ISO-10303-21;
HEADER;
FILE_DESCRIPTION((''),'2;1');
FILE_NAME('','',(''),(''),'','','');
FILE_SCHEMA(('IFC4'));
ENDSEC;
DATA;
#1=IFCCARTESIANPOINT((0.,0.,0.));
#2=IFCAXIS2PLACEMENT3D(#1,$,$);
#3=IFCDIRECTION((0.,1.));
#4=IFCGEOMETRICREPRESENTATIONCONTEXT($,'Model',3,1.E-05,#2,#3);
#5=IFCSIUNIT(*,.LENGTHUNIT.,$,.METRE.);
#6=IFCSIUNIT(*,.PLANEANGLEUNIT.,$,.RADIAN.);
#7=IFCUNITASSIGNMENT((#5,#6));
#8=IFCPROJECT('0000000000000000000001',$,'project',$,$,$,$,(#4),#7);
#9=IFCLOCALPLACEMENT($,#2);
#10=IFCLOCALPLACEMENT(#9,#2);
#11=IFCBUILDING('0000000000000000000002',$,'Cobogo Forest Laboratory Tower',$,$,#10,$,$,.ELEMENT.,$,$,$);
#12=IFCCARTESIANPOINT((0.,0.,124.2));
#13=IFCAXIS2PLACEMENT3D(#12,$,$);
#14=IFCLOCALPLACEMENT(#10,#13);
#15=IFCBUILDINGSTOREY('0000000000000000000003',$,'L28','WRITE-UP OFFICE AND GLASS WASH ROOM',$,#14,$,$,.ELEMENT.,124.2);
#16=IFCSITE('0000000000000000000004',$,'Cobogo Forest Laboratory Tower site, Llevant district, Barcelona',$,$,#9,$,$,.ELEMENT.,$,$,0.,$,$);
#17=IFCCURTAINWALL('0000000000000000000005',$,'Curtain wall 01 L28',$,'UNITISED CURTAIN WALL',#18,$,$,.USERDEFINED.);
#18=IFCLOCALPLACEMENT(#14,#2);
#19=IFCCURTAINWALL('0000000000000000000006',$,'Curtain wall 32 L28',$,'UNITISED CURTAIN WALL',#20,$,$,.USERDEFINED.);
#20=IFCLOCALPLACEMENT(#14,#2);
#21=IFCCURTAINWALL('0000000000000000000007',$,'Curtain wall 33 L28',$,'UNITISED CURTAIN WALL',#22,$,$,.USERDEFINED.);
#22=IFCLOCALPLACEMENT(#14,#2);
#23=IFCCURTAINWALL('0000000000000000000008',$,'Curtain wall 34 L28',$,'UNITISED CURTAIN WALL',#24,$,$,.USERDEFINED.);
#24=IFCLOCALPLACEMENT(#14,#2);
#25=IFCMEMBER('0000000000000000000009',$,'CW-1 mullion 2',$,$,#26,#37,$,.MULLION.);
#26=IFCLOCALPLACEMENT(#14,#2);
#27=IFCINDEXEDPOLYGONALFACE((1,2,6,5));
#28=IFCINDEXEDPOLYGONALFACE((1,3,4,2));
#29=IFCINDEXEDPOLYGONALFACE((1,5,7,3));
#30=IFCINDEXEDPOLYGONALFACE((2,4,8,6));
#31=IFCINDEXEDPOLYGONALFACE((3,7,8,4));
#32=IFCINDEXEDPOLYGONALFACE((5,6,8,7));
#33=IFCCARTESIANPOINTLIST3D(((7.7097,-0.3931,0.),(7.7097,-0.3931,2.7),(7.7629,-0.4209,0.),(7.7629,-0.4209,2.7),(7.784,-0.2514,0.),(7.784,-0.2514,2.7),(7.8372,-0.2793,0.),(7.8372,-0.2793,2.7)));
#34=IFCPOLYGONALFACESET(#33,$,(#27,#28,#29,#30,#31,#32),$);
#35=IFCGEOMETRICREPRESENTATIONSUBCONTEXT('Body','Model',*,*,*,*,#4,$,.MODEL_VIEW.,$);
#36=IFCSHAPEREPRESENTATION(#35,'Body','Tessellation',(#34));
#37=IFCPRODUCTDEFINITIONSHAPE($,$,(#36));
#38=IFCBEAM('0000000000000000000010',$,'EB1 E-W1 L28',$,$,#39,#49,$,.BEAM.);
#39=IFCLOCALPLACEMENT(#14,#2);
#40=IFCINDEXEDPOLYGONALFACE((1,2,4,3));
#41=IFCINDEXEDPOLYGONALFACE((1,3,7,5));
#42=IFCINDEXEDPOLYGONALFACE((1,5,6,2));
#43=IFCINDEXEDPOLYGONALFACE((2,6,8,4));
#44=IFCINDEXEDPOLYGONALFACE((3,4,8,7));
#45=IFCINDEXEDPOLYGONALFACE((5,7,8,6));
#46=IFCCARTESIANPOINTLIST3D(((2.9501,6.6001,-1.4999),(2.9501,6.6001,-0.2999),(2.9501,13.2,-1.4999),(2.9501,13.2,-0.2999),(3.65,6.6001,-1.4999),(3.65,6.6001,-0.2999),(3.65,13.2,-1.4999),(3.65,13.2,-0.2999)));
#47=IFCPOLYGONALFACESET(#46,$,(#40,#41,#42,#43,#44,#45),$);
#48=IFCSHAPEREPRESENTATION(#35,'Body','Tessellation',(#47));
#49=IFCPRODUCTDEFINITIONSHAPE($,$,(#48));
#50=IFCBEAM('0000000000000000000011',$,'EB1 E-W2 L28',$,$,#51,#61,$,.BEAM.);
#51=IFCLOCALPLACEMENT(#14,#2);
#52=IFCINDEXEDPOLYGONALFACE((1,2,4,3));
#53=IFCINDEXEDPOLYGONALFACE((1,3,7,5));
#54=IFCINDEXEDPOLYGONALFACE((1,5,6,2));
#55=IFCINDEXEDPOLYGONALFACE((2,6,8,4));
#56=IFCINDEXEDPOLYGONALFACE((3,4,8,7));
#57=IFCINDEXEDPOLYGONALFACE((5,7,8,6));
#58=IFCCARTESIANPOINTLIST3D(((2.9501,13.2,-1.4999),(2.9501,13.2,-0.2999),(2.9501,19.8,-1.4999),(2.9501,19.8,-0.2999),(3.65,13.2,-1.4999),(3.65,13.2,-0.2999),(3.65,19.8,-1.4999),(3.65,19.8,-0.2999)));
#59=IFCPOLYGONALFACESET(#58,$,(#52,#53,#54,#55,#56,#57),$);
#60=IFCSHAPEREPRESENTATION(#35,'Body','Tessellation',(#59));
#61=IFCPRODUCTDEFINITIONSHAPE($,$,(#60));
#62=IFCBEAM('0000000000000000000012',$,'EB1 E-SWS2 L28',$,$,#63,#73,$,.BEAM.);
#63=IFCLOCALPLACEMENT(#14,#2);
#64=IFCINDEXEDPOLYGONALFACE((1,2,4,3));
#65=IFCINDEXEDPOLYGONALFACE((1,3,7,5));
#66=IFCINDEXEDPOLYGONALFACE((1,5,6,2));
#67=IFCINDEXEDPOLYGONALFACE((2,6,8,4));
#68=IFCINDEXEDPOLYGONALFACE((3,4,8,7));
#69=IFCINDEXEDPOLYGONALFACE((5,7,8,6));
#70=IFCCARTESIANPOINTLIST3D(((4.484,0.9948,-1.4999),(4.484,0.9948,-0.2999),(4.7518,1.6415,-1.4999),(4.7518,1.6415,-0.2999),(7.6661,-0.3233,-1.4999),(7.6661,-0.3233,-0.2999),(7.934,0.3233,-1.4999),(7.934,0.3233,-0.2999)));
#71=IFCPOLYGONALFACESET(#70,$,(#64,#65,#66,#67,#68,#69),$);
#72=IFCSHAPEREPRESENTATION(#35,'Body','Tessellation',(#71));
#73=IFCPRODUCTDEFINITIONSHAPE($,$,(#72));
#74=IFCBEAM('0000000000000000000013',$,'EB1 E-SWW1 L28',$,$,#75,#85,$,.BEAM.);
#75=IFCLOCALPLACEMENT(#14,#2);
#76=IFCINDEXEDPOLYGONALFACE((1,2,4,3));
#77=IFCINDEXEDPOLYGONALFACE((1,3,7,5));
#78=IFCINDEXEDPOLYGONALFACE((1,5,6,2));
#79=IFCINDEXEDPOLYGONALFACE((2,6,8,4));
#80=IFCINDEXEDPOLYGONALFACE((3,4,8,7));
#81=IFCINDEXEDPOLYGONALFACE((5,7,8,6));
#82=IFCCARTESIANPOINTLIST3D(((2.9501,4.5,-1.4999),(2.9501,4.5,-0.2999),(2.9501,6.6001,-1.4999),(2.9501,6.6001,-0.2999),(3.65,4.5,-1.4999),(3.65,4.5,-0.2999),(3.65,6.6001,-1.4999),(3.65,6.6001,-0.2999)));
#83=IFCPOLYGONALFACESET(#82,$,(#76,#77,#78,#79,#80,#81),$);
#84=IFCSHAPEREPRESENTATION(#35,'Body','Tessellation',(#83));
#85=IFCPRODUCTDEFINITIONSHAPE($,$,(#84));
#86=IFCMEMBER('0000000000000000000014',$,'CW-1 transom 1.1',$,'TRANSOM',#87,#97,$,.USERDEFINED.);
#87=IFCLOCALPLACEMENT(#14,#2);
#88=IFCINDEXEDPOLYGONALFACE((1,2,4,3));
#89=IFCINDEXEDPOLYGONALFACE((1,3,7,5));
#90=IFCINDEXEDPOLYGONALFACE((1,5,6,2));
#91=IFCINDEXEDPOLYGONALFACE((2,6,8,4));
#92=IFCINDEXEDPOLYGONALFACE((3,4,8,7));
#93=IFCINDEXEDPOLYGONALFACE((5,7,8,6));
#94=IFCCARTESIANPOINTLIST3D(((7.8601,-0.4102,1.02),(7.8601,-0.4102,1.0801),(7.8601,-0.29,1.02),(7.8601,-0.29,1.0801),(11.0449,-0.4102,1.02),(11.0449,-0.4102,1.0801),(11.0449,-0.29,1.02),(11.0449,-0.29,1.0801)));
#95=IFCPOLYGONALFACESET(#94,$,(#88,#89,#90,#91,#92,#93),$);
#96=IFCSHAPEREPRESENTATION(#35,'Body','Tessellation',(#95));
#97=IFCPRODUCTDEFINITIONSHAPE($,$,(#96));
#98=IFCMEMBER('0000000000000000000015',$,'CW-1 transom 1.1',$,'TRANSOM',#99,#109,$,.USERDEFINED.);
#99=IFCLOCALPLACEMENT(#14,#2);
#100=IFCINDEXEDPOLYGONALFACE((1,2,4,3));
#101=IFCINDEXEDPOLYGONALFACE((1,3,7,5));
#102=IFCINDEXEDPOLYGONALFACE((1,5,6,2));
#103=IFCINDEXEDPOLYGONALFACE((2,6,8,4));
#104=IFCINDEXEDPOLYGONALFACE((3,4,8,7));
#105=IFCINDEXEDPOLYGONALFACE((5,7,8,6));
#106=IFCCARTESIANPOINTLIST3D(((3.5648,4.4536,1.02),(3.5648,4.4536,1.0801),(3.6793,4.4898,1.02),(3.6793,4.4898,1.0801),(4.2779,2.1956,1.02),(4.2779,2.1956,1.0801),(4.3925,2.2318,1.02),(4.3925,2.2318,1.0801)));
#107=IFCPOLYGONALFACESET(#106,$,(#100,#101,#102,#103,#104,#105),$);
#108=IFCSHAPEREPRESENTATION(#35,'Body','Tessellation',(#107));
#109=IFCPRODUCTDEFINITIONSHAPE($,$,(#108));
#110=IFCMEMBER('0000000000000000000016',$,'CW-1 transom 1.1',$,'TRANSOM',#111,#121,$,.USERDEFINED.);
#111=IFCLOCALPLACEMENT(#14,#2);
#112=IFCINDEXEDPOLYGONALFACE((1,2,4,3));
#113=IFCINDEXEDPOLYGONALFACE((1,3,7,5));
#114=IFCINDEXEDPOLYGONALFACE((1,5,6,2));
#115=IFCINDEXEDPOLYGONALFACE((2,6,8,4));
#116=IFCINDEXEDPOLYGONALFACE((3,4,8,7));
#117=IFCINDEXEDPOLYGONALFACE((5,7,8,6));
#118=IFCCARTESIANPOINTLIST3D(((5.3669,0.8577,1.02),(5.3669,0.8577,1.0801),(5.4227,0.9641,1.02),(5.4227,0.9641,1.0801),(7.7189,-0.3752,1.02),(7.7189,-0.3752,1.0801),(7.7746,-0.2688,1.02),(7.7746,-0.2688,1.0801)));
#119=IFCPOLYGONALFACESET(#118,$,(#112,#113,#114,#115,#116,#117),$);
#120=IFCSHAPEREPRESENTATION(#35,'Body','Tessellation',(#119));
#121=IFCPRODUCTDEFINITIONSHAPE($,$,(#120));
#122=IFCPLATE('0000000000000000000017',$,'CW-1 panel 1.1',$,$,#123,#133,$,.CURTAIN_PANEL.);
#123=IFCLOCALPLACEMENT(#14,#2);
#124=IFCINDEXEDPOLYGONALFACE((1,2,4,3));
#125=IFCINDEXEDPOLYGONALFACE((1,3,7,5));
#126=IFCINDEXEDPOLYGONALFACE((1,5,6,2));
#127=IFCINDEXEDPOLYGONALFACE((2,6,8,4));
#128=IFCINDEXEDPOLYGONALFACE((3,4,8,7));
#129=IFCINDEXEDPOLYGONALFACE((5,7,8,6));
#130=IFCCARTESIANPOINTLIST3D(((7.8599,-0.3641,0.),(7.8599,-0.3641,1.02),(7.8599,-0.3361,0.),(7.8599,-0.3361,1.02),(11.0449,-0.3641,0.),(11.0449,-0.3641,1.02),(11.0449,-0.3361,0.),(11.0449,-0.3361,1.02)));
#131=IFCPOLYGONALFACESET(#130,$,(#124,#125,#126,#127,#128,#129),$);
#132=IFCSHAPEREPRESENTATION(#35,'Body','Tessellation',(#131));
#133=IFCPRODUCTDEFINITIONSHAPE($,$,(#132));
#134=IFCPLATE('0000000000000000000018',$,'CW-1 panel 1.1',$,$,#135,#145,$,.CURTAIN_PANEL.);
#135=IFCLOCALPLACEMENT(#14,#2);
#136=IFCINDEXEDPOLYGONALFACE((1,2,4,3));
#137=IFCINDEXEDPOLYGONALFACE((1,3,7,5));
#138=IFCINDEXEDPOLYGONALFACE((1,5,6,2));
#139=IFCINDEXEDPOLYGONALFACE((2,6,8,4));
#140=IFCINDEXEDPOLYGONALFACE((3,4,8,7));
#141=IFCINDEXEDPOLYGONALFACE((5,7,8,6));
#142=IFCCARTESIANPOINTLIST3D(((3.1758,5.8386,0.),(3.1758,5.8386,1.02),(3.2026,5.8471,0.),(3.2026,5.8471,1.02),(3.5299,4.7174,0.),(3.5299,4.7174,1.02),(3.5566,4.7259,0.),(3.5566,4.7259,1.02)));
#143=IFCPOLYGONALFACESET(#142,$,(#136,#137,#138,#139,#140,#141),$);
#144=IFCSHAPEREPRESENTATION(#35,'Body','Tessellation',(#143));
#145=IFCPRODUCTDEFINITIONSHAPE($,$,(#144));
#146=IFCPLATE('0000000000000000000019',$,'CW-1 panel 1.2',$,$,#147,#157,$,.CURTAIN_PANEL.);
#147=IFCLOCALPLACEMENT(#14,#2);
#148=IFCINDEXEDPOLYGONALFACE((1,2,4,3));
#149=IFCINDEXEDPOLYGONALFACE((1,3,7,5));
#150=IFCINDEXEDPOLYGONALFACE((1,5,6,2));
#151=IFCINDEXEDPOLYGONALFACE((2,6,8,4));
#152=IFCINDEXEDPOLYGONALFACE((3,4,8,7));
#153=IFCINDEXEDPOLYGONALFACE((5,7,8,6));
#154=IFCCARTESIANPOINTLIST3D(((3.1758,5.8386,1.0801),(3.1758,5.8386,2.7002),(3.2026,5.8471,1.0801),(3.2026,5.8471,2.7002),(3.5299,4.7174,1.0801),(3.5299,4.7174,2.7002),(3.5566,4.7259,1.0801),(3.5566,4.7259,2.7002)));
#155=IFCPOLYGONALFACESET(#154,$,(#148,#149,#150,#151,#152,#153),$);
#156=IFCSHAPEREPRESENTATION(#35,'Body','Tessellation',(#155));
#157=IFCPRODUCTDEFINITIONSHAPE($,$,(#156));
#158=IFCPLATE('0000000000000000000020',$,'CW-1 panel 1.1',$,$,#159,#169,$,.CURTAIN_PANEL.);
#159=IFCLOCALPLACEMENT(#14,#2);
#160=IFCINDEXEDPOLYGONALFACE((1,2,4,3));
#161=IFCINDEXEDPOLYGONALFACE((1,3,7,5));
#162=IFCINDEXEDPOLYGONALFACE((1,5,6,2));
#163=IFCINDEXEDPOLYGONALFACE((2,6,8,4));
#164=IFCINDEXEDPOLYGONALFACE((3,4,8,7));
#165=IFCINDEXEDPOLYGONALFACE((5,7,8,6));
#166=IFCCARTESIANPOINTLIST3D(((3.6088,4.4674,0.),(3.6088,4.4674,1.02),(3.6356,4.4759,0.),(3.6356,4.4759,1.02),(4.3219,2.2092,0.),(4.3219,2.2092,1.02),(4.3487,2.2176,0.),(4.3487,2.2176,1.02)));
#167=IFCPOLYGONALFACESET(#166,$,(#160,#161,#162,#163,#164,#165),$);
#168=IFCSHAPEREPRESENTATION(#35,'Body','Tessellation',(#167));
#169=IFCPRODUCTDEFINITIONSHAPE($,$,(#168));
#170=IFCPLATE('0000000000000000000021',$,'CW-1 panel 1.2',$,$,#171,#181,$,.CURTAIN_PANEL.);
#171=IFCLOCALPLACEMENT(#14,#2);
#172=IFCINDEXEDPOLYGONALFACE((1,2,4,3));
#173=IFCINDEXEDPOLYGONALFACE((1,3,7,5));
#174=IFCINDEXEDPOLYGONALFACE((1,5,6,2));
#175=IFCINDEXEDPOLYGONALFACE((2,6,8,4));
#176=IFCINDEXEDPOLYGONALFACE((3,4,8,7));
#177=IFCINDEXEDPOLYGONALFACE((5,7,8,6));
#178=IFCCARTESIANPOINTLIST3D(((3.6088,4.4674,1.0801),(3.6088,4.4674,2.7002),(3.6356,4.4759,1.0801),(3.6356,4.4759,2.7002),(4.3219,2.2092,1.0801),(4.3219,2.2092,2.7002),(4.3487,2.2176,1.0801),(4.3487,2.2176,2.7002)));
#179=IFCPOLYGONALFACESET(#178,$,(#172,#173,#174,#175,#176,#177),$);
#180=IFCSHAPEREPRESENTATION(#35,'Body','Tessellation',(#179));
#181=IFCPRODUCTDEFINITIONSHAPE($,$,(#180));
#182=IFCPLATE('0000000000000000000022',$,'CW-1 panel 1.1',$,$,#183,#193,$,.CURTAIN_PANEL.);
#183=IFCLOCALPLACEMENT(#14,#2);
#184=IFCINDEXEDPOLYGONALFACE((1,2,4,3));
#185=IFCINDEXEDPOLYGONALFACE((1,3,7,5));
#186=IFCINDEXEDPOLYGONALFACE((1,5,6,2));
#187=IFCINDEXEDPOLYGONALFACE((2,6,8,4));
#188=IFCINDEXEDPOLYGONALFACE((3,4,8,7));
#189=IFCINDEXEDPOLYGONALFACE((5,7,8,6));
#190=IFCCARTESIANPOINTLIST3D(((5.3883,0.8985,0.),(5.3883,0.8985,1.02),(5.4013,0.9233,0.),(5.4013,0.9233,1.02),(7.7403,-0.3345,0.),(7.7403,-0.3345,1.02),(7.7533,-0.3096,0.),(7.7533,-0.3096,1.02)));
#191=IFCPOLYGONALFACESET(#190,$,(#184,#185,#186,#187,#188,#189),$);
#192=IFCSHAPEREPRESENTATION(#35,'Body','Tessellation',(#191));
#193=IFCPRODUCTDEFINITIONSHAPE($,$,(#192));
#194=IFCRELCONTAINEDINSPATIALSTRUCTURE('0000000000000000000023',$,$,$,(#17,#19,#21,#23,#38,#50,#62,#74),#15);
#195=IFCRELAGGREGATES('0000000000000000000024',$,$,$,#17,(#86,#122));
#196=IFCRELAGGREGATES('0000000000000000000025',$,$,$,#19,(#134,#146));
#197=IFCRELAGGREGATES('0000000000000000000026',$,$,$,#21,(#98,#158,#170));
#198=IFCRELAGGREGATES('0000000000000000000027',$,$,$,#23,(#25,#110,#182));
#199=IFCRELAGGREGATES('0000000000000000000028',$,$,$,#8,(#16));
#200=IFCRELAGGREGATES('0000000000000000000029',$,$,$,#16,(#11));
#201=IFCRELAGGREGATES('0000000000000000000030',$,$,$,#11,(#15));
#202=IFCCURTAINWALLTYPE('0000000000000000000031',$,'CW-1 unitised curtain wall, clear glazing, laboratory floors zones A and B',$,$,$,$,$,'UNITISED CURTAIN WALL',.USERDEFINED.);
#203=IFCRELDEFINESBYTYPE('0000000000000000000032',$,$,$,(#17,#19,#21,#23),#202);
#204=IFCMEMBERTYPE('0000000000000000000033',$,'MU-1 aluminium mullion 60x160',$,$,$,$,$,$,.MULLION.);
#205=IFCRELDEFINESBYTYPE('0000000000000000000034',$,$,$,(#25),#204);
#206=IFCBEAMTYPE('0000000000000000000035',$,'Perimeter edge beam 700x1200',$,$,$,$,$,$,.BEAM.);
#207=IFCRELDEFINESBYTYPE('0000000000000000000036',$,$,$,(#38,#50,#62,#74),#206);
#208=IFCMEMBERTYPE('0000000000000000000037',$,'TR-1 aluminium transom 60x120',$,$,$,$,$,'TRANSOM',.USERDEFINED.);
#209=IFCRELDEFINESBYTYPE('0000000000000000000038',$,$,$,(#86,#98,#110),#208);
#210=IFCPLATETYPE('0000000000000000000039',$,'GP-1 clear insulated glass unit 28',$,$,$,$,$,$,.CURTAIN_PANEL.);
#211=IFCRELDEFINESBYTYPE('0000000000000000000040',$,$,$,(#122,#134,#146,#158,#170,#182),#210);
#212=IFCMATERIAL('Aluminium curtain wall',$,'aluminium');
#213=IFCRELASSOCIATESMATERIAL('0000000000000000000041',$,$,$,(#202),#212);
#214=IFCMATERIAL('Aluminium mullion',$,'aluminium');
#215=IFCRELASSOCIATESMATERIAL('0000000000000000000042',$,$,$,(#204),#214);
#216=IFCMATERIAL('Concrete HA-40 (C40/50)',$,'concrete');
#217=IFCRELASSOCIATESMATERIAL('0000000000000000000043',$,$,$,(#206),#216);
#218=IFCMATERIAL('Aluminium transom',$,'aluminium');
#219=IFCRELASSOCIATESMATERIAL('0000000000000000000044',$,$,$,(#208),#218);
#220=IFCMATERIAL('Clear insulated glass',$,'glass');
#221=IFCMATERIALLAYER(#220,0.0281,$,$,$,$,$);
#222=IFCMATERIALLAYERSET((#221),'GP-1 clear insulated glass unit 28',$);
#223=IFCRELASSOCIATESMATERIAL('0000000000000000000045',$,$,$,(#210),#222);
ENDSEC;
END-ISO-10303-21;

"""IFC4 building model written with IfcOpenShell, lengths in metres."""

from ifc_helpers import new_model, si_unit, direction, frame, origin, origin_2d, place, context, subcontext, project, spatial, rectangle, extrude, material, layer, layer_set, material_profile, profile_set, type_object, element, aggregate, save


model = new_model("IFC4")

# Units and contexts
model_context = context("Model", 3, precision=1e-05, world=origin(), true_north=direction((0.0, 1.0)))
body_context = subcontext(model_context, "Body", "Model", "MODEL_VIEW")
ifc_project = project(units=[si_unit("LENGTHUNIT", "METRE"), si_unit("PLANEANGLEUNIT", "RADIAN")], contexts=[model_context])

# Site, building, storey
site_placement = place(None, origin())
site = spatial("IfcSite", under=ifc_project, at=site_placement, Name="Cobogo Forest Laboratory Tower site, Llevant district, Barcelona", CompositionType="ELEMENT", RefElevation=0.0)
building_placement = place(site_placement, origin())
building = spatial("IfcBuilding", under=site, at=building_placement, Name="Cobogo Forest Laboratory Tower", CompositionType="ELEMENT")
storey_placement = place(building_placement, frame((0.0, 0.0, 124.2)))
storey = spatial("IfcBuildingStorey", under=building, at=storey_placement, Name="L28", Description="WRITE-UP OFFICE AND GLASS WASH ROOM", CompositionType="ELEMENT", Elevation=124.2)

# Shared definitions
ifc_material_1 = material(Name="Concrete HA-40 (C40/50)", Category="concrete")

# Curtain walls
ifc_material_2 = material(Name="Aluminium curtain wall", Category="aluminium")
curtain_wall_type = type_object("IfcCurtainWallType", Name="CW-1 unitised curtain wall, clear glazing, laboratory floors zones A and B", ElementType="UNITISED CURTAIN WALL", PredefinedType="USERDEFINED", material=ifc_material_2)
curtain_wall_1_placement = place(storey_placement, origin())
curtain_wall_1 = element("IfcCurtainWall", 1, at=curtain_wall_1_placement, inside=storey, type_object=curtain_wall_type, Name="Curtain wall 01 L28", ObjectType="UNITISED CURTAIN WALL", PredefinedType="USERDEFINED")
ifc_material_3 = material(Name="Aluminium mullion", Category="aluminium")
ifc_material_profile_1 = material_profile(ifc_material_3, rectangle(XDim=0.0601, YDim=0.1599, at=origin_2d()), Name="AL 60x160")
ifc_profile_set_1 = profile_set([ifc_material_profile_1], Name="Aluminium mullion")
member_type_1 = type_object("IfcMemberType", Name="MU-1 aluminium mullion 60x160", PredefinedType="MULLION", material=ifc_profile_set_1)
curtain_wall_2_placement = place(storey_placement, origin())
curtain_wall_2 = element("IfcCurtainWall", 2, at=curtain_wall_2_placement, inside=storey, type_object=curtain_wall_type, Name="Curtain wall 32 L28", ObjectType="UNITISED CURTAIN WALL", PredefinedType="USERDEFINED")

# Curtain walls, member
curtain_wall_3_placement = place(storey_placement, origin())
curtain_wall_3 = element("IfcCurtainWall", 3, at=curtain_wall_3_placement, inside=storey, type_object=curtain_wall_type, Name="Curtain wall 33 L28", ObjectType="UNITISED CURTAIN WALL", PredefinedType="USERDEFINED")
curtain_wall_4_placement = place(storey_placement, origin())
curtain_wall_4 = element("IfcCurtainWall", 4, at=curtain_wall_4_placement, inside=storey, type_object=curtain_wall_type, Name="Curtain wall 34 L28", ObjectType="UNITISED CURTAIN WALL", PredefinedType="USERDEFINED")
member_1_placement = place(storey_placement, frame((7.7734, -0.3362, 0.0), z_axis=(0.0, 0.0, 1.0), x_axis=(0.885687, -0.464284, 0.0)))
member_1 = element("IfcMember", 5, at=member_1_placement, type_object=member_type_1, Name="CW-1 mullion 2", PredefinedType="MULLION", context=body_context, shape_type="SweptSolid", body=[
    extrude(rectangle(XDim=0.0601, YDim=0.1599, at=origin_2d()), origin(), (0.0, 0.0, 1.0), 2.7),
])

# Beams
ifc_material_profile_2 = material_profile(ifc_material_1, rectangle(XDim=0.7, YDim=1.2, at=origin_2d()), Name="RC 700x1200")
ifc_profile_set_2 = profile_set([ifc_material_profile_2], Name="Concrete HA-40 (C40/50)")
beam_type_1 = type_object("IfcBeamType", Name="Perimeter edge beam 700x1200", PredefinedType="BEAM", material=ifc_profile_set_2)
beam_1_placement = place(storey_placement, frame((3.3, 6.6001, -0.8999), z_axis=(0.0, 1.0, 0.0), x_axis=(-1.0, 0.0, 0.0)))
element("IfcBeam", 6, at=beam_1_placement, inside=storey, type_object=beam_type_1, Name="EB1 E-W1 L28", PredefinedType="BEAM", context=body_context, shape_type="SweptSolid", body=[
    extrude(rectangle(XDim=0.7, YDim=1.2, at=origin_2d()), origin(), (0.0, 0.0, 1.0), 6.5999),
])
beam_2_placement = place(storey_placement, frame((3.3, 13.2, -0.8999), z_axis=(0.0, 1.0, 0.0), x_axis=(-1.0, 0.0, 0.0)))
element("IfcBeam", 7, at=beam_2_placement, inside=storey, type_object=beam_type_1, Name="EB1 E-W2 L28", PredefinedType="BEAM", context=body_context, shape_type="SweptSolid", body=[
    extrude(rectangle(XDim=0.7, YDim=1.2, at=origin_2d()), origin(), (0.0, 0.0, 1.0), 6.6001),
])
beam_3_placement = place(storey_placement, frame((7.8, 0.0, -0.8999), z_axis=(-0.923876, 0.382692, 0.0), x_axis=(-0.382692, -0.923876, 0.0)))
element("IfcBeam", 8, at=beam_3_placement, inside=storey, type_object=beam_type_1, Name="EB1 E-SWS2 L28", PredefinedType="BEAM", context=body_context, shape_type="SweptSolid", body=[
    extrude(rectangle(XDim=0.7, YDim=1.2, at=origin_2d()), origin(), (0.0, 0.0, 1.0), 3.4443),
])
beam_4_placement = place(storey_placement, frame((3.3, 6.6001, -0.8999), z_axis=(0.0, -1.0, 0.0), x_axis=(1.0, 0.0, 0.0)))
element("IfcBeam", 9, at=beam_4_placement, inside=storey, type_object=beam_type_1, Name="EB1 E-SWW1 L28", PredefinedType="BEAM", context=body_context, shape_type="SweptSolid", body=[
    extrude(rectangle(XDim=0.7, YDim=1.2, at=origin_2d()), origin(), (0.0, 0.0, 1.0), 2.1001),
])

# Members
ifc_material_4 = material(Name="Aluminium transom", Category="aluminium")
ifc_material_profile_3 = material_profile(ifc_material_4, rectangle(XDim=0.1201, YDim=0.0601, at=origin_2d()), Name="AL 60x120")
ifc_profile_set_3 = profile_set([ifc_material_profile_3], Name="Aluminium transom")
member_type_2 = type_object("IfcMemberType", Name="TR-1 aluminium transom 60x120", ElementType="TRANSOM", PredefinedType="USERDEFINED", material=ifc_profile_set_3)
member_2_placement = place(storey_placement, frame((7.8601, -0.3501, 1.05), z_axis=(1.0, 0.0, 0.0), x_axis=(0.0, 1.0, 0.0)))
member_2 = element("IfcMember", 10, at=member_2_placement, type_object=member_type_2, Name="CW-1 transom 1.1", ObjectType="TRANSOM", PredefinedType="USERDEFINED", context=body_context, shape_type="SweptSolid", body=[
    extrude(rectangle(XDim=0.1201, YDim=0.0601, at=origin_2d()), origin(), (0.0, 0.0, 1.0), 3.1848),
])
member_3_placement = place(storey_placement, frame((3.6221, 4.4717, 1.05), z_axis=(0.301156, -0.953575, 0.0), x_axis=(0.953575, 0.301156, 0.0)))
member_3 = element("IfcMember", 11, at=member_3_placement, type_object=member_type_2, Name="CW-1 transom 1.1", ObjectType="TRANSOM", PredefinedType="USERDEFINED", context=body_context, shape_type="SweptSolid", body=[
    extrude(rectangle(XDim=0.1201, YDim=0.0601, at=origin_2d()), origin(), (0.0, 0.0, 1.0), 2.3679),
])
member_4_placement = place(storey_placement, frame((5.3948, 0.9109, 1.05), z_axis=(0.885695, -0.464268, 0.0), x_axis=(0.464268, 0.885695, 0.0)))
member_4 = element("IfcMember", 12, at=member_4_placement, type_object=member_type_2, Name="CW-1 transom 1.1", ObjectType="TRANSOM", PredefinedType="USERDEFINED", context=body_context, shape_type="SweptSolid", body=[
    extrude(rectangle(XDim=0.1201, YDim=0.0601, at=origin_2d()), origin(), (0.0, 0.0, 1.0), 2.6555),
])

# Plates
ifc_material_5 = material(Name="Clear insulated glass", Category="glass")
ifc_layer_1 = layer(ifc_material_5, 0.0281)
ifc_layer_set_1 = layer_set([ifc_layer_1], Name="GP-1 clear insulated glass unit 28")
plate_type = type_object("IfcPlateType", Name="GP-1 clear insulated glass unit 28", PredefinedType="CURTAIN_PANEL", material=ifc_layer_set_1)
plate_1_placement = place(storey_placement, frame((9.4524, -0.3501, 0.0), z_axis=(0.0, 0.0, 1.0), x_axis=(1.0, 0.0, 0.0)))
plate_1 = element("IfcPlate", 13, at=plate_1_placement, type_object=plate_type, Name="CW-1 panel 1.1", PredefinedType="CURTAIN_PANEL", context=body_context, shape_type="SweptSolid", body=[
    extrude(rectangle(XDim=3.1851, YDim=0.0281, at=origin_2d()), origin(), (0.0, 0.0, 1.0), 1.02),
])
aggregate(curtain_wall_1, [member_2, plate_1])
plate_2_placement = place(storey_placement, frame((3.3662, 5.2822, 0.0), z_axis=(0.0, 0.0, 1.0), x_axis=(0.301135, -0.953581, 0.0)))
plate_2 = element("IfcPlate", 14, at=plate_2_placement, type_object=plate_type, Name="CW-1 panel 1.1", PredefinedType="CURTAIN_PANEL", context=body_context, shape_type="SweptSolid", body=[
    extrude(rectangle(XDim=1.1758, YDim=0.0281, at=origin_2d()), origin(), (0.0, 0.0, 1.0), 1.02),
])
plate_3_placement = place(storey_placement, frame((3.3662, 5.2822, 1.0801), z_axis=(0.0, 0.0, 1.0), x_axis=(0.301135, -0.953581, 0.0)))
plate_3 = element("IfcPlate", 15, at=plate_3_placement, type_object=plate_type, Name="CW-1 panel 1.2", PredefinedType="CURTAIN_PANEL", context=body_context, shape_type="SweptSolid", body=[
    extrude(rectangle(XDim=1.1758, YDim=0.0281, at=origin_2d()), origin(), (0.0, 0.0, 1.0), 1.6201),
])
aggregate(curtain_wall_2, [plate_2, plate_3])
plate_4_placement = place(storey_placement, frame((3.9788, 3.3425, 0.0), z_axis=(0.0, 0.0, 1.0), x_axis=(0.301135, -0.953581, 0.0)))
plate_4 = element("IfcPlate", 16, at=plate_4_placement, type_object=plate_type, Name="CW-1 panel 1.1", PredefinedType="CURTAIN_PANEL", context=body_context, shape_type="SweptSolid", body=[
    extrude(rectangle(XDim=2.3682, YDim=0.0281, at=origin_2d()), origin(), (0.0, 0.0, 1.0), 1.02),
])
plate_5_placement = place(storey_placement, frame((3.9788, 3.3425, 1.0801), z_axis=(0.0, 0.0, 1.0), x_axis=(0.301135, -0.953581, 0.0)))
plate_5 = element("IfcPlate", 17, at=plate_5_placement, type_object=plate_type, Name="CW-1 panel 1.2", PredefinedType="CURTAIN_PANEL", context=body_context, shape_type="SweptSolid", body=[
    extrude(rectangle(XDim=2.3682, YDim=0.0281, at=origin_2d()), origin(), (0.0, 0.0, 1.0), 1.6201),
])
aggregate(curtain_wall_3, [member_3, plate_4, plate_5])
plate_6_placement = place(storey_placement, frame((6.5708, 0.2944, 0.0), z_axis=(0.0, 0.0, 1.0), x_axis=(0.885687, -0.464284, 0.0)))
plate_6 = element("IfcPlate", 18, at=plate_6_placement, type_object=plate_type, Name="CW-1 panel 1.1", PredefinedType="CURTAIN_PANEL", context=body_context, shape_type="SweptSolid", body=[
    extrude(rectangle(XDim=2.6555, YDim=0.0281, at=origin_2d()), origin(), (0.0, 0.0, 1.0), 1.02),
])
aggregate(curtain_wall_4, [member_1, member_4, plate_6])

save(model, "model.ifc")
